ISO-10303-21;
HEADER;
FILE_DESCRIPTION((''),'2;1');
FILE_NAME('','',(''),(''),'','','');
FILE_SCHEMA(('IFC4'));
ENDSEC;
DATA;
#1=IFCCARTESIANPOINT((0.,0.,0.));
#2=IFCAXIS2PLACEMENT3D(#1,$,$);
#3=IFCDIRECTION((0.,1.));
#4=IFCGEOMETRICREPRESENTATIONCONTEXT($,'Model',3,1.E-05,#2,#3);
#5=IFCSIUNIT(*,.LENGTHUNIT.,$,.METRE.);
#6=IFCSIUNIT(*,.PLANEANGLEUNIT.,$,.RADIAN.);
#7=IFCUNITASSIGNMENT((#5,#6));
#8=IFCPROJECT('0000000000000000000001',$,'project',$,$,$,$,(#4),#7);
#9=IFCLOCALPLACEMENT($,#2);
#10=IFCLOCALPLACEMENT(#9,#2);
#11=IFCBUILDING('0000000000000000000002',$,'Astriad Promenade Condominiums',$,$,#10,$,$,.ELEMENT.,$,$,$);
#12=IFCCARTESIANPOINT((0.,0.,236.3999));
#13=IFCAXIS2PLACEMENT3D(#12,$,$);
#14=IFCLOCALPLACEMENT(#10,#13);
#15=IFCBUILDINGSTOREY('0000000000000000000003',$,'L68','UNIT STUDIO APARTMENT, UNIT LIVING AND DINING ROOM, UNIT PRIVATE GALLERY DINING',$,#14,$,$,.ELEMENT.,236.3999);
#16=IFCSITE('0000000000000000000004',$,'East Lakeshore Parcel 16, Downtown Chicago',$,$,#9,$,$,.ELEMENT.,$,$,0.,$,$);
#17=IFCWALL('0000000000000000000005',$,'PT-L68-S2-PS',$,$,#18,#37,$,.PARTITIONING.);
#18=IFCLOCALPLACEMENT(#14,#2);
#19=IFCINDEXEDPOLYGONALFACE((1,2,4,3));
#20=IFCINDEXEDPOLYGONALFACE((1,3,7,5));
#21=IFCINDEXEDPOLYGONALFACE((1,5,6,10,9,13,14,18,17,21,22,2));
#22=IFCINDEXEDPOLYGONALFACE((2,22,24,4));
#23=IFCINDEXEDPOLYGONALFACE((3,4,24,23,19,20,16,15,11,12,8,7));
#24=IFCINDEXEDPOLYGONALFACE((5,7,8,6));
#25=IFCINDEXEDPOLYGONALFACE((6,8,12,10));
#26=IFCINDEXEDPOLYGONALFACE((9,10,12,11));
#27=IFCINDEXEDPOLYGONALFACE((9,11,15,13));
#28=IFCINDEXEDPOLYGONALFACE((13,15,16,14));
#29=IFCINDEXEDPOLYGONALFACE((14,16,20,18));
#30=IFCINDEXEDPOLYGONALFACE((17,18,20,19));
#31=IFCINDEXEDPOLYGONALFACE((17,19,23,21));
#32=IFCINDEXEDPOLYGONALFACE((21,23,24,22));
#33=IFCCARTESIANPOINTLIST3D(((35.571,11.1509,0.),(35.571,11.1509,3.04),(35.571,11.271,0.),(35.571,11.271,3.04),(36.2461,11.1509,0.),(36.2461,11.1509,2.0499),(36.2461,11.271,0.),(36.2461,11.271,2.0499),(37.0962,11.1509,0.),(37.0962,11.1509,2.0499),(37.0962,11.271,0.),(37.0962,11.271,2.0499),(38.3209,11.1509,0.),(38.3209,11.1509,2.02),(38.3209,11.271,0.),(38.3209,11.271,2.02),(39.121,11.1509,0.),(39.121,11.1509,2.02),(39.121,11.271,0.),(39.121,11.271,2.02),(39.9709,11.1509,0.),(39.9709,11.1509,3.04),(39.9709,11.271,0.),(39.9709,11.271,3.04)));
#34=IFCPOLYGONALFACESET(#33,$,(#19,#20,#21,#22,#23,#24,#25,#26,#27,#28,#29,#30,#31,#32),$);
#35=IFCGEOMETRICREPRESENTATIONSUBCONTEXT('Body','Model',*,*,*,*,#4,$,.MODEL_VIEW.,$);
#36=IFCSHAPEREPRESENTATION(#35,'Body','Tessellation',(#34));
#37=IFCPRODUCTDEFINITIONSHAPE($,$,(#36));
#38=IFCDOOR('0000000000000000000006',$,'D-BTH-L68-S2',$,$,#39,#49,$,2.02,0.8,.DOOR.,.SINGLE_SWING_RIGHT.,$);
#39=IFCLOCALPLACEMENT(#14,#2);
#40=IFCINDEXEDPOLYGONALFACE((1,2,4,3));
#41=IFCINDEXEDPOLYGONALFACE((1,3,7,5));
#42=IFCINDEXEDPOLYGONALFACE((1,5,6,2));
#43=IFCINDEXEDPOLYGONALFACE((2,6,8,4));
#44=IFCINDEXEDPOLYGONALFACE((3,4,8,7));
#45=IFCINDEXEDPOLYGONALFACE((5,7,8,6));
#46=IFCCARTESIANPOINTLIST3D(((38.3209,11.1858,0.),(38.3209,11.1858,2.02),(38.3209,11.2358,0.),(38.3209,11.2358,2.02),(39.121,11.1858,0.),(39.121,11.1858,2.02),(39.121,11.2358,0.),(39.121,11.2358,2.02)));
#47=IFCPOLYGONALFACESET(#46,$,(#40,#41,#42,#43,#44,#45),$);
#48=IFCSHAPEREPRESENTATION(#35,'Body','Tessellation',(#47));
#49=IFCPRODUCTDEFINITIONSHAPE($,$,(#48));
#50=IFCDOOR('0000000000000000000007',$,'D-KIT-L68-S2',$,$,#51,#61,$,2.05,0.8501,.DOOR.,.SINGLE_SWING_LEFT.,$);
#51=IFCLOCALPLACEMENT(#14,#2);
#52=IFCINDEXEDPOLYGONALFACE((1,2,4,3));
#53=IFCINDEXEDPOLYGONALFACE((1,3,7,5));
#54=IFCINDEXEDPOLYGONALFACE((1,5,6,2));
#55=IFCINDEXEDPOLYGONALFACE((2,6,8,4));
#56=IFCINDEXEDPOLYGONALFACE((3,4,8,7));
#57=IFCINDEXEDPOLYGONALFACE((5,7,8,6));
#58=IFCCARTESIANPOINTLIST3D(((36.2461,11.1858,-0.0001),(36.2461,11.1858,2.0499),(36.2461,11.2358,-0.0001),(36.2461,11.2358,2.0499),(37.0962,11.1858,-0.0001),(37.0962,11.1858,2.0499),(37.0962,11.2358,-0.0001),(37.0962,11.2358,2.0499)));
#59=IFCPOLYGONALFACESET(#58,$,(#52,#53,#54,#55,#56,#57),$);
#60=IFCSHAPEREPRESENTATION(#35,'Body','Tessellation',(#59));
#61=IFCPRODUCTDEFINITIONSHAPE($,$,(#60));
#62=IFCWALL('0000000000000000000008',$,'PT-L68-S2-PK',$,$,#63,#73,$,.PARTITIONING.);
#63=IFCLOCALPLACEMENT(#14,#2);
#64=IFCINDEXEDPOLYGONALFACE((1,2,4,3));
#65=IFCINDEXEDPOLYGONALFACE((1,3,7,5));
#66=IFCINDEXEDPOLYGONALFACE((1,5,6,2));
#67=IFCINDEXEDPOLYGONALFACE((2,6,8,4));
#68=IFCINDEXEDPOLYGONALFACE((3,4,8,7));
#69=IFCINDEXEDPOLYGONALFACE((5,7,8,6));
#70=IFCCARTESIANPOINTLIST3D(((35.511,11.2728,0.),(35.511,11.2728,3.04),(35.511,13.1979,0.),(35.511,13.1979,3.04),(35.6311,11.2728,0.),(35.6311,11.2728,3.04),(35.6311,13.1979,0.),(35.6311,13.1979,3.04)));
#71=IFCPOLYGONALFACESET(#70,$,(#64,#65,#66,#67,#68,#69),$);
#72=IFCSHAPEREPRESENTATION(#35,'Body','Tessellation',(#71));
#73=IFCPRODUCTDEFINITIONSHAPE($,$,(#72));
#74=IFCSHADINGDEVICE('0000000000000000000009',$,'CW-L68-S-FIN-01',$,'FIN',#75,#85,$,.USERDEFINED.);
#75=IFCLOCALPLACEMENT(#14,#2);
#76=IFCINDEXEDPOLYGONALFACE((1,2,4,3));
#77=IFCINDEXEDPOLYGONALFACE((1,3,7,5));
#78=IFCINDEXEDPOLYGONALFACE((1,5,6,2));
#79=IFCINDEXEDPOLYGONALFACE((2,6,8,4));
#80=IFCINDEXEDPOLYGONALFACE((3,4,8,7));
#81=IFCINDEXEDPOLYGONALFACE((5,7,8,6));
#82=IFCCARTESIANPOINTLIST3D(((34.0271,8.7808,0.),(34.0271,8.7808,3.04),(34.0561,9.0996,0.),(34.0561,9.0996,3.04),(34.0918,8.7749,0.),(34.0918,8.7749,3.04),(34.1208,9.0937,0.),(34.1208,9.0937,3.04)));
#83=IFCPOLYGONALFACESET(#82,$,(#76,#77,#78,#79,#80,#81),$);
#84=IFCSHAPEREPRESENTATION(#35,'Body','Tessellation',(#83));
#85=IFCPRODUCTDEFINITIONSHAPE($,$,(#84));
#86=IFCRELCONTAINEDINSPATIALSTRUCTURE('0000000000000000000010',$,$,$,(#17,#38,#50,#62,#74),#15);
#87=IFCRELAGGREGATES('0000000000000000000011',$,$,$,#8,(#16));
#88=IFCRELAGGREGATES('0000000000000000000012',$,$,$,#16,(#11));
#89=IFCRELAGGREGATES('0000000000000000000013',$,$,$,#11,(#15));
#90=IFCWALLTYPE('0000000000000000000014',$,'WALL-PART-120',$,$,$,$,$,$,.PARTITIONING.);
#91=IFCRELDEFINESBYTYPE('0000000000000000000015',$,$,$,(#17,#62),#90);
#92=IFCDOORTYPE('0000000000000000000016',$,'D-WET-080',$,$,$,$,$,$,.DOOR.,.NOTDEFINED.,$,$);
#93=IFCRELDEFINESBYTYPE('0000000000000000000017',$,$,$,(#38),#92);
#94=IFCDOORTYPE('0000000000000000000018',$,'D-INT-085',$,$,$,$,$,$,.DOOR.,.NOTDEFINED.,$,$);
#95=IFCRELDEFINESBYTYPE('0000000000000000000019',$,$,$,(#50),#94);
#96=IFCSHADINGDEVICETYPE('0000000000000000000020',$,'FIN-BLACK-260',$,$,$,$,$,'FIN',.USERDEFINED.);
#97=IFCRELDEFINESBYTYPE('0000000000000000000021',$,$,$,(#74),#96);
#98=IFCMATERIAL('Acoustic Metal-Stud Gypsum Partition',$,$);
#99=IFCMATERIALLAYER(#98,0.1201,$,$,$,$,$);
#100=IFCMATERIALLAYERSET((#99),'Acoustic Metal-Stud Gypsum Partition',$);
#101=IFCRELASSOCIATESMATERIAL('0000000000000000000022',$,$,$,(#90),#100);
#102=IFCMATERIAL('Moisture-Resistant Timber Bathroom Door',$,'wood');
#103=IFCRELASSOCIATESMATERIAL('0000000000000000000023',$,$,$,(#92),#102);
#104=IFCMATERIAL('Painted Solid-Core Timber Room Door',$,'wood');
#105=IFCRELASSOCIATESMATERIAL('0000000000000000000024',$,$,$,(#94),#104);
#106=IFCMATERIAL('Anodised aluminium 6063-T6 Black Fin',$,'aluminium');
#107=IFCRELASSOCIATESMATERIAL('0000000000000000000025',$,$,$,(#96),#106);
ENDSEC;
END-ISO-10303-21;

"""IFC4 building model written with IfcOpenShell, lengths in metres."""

from ifc_helpers import new_model, si_unit, direction, frame, frame_2d, origin, origin_2d, place, context, subcontext, project, spatial, rectangle, extrude, source, transform, mapped, material, layer, layer_set, type_object, type_shapes, element, fill, save


model = new_model("IFC4")

# Units and contexts
model_context = context("Model", 3, precision=1e-05, world=origin(), true_north=direction((0.0, 1.0)))
body_context = subcontext(model_context, "Body", "Model", "MODEL_VIEW")
ifc_project = project(units=[si_unit("LENGTHUNIT", "METRE"), si_unit("PLANEANGLEUNIT", "RADIAN")], contexts=[model_context])

# Site, building, storey
site_placement = place(None, origin())
site = spatial("IfcSite", under=ifc_project, at=site_placement, Name="East Lakeshore Parcel 16, Downtown Chicago", CompositionType="ELEMENT", RefElevation=0.0)
building_placement = place(site_placement, origin())
building = spatial("IfcBuilding", under=site, at=building_placement, Name="Astriad Promenade Condominiums", CompositionType="ELEMENT")
storey_placement = place(building_placement, frame((0.0, 0.0, 236.3999)))
storey = spatial("IfcBuildingStorey", under=building, at=storey_placement, Name="L68", Description="UNIT STUDIO APARTMENT, UNIT LIVING AND DINING ROOM, UNIT PRIVATE GALLERY DINING", CompositionType="ELEMENT", Elevation=236.3999)

# Wall, openings, doors
ifc_material_1 = material(Name="Acoustic Metal-Stud Gypsum Partition")
ifc_layer_1 = layer(ifc_material_1, 0.1201)
ifc_layer_set_1 = layer_set([ifc_layer_1], Name="Acoustic Metal-Stud Gypsum Partition")
wall_type_1 = type_object("IfcWallType", Name="WALL-PART-120", PredefinedType="PARTITIONING", material=ifc_layer_set_1)
wall_1_placement = place(storey_placement, frame((35.571, 11.2109, 0.0), z_axis=(0.0, 0.0, 1.0), x_axis=(1.0, 0.0, 0.0)))
wall_1 = element("IfcWall", 1, at=wall_1_placement, inside=storey, type_object=wall_type_1, Name="PT-L68-S2-PS", PredefinedType="PARTITIONING", context=body_context, shape_type="SweptSolid", body=[
    extrude(rectangle(XDim=4.3999, YDim=0.1201, at=frame_2d((2.2, 0.0))), origin(), (0.0, 0.0, 1.0), 3.04),
])
opening_1_placement = place(wall_1_placement, frame((0.675, 0.0, 0.0)))
opening_1 = element("IfcOpeningElement", 2, at=opening_1_placement, cuts=wall_1, PredefinedType="OPENING", context=body_context, shape_type="SweptSolid", body=[
    extrude(rectangle(XDim=0.8501, YDim=2.05, at=frame_2d((0.425, 1.0249))), frame((0.0, 0.0701, 0.0), z_axis=(0.0, -1.0, 0.0), x_axis=(1.0, 0.0, 0.0)), (0.0, 0.0, 1.0), 0.1401),
])
opening_2_placement = place(wall_1_placement, frame((2.75, 0.0, 0.0)))
opening_2 = element("IfcOpeningElement", 3, at=opening_2_placement, cuts=wall_1, PredefinedType="OPENING", context=body_context, shape_type="SweptSolid", body=[
    extrude(rectangle(XDim=0.8, YDim=2.02, at=frame_2d((0.3999, 1.01))), frame((0.0, 0.0701, 0.0), z_axis=(0.0, -1.0, 0.0), x_axis=(1.0, 0.0, 0.0)), (0.0, 0.0, 1.0), 0.1401),
])
ifc_material_2 = material(Name="Moisture-Resistant Timber Bathroom Door", Category="wood")
door_type_1 = type_object("IfcDoorType", Name="D-WET-080", OperationType="NOTDEFINED", PredefinedType="DOOR", material=ifc_material_2)
shared_shape_1 = source(origin(), body_context, "Body", "SweptSolid", [
    extrude(rectangle(XDim=0.8, YDim=2.02, at=frame_2d((0.3999, 1.01))), frame((0.0, 0.0249, 0.0), z_axis=(0.0, -1.0, 0.0), x_axis=(1.0, 0.0, 0.0)), (0.0, 0.0, 1.0), 0.05),
])
type_shapes(door_type_1, [shared_shape_1])
door_1_placement = place(opening_2_placement, origin())
door_1 = element("IfcDoor", 4, at=door_1_placement, inside=storey, type_object=door_type_1, Name="D-BTH-L68-S2", OperationType="SINGLE_SWING_RIGHT", OverallHeight=2.02, OverallWidth=0.8, PredefinedType="DOOR", context=body_context, shape_type="MappedRepresentation", body=[
    mapped(shared_shape_1, transform((0.0, 0.0, 0.0), scale=1.0)),
])
fill(opening_2, door_1)
ifc_material_3 = material(Name="Painted Solid-Core Timber Room Door", Category="wood")
door_type_2 = type_object("IfcDoorType", Name="D-INT-085", OperationType="NOTDEFINED", PredefinedType="DOOR", material=ifc_material_3)
shared_shape_2 = source(origin(), body_context, "Body", "SweptSolid", [
    extrude(rectangle(XDim=0.8501, YDim=2.05, at=frame_2d((0.425, 1.0249))), frame((0.0, 0.0249, 0.0), z_axis=(0.0, -1.0, 0.0), x_axis=(1.0, 0.0, 0.0)), (0.0, 0.0, 1.0), 0.05),
])
type_shapes(door_type_2, [shared_shape_2])
door_2_placement = place(opening_1_placement, origin())
door_2 = element("IfcDoor", 5, at=door_2_placement, inside=storey, type_object=door_type_2, Name="D-KIT-L68-S2", OperationType="SINGLE_SWING_LEFT", OverallHeight=2.05, OverallWidth=0.8501, PredefinedType="DOOR", context=body_context, shape_type="MappedRepresentation", body=[
    mapped(shared_shape_2, transform((0.0, 0.0, 0.0), scale=1.0)),
])
fill(opening_1, door_2)

# Wall
wall_2_placement = place(storey_placement, frame((35.571, 11.2729, 0.0), z_axis=(0.0, 0.0, 1.0), x_axis=(0.0, 1.0, 0.0)))
element("IfcWall", 6, at=wall_2_placement, inside=storey, type_object=wall_type_1, Name="PT-L68-S2-PK", PredefinedType="PARTITIONING", context=body_context, shape_type="SweptSolid", body=[
    extrude(rectangle(XDim=1.925, YDim=0.1201, at=frame_2d((0.9624, 0.0))), origin(), (0.0, 0.0, 1.0), 3.04),
])

# Shading device
ifc_material_4 = material(Name="Anodised aluminium 6063-T6 Black Fin", Category="aluminium")
shading_device_type = type_object("IfcShadingDeviceType", Name="FIN-BLACK-260", ElementType="FIN", PredefinedType="USERDEFINED", material=ifc_material_4)
shared_shape_3 = source(origin(), body_context, "Body", "SweptSolid", [
    extrude(rectangle(XDim=0.0649, YDim=0.3201, at=origin_2d()), origin(), (0.0, 0.0, 1.0), 3.04),
])
type_shapes(shading_device_type, [shared_shape_3])
shading_device_placement = place(storey_placement, frame((34.074, 8.9373, 0.0), z_axis=(0.0, 0.0, 1.0), x_axis=(-0.995884, 0.090633, 0.0)))
element("IfcShadingDevice", 7, at=shading_device_placement, inside=storey, type_object=shading_device_type, Name="CW-L68-S-FIN-01", ObjectType="FIN", PredefinedType="USERDEFINED", context=body_context, shape_type="MappedRepresentation", body=[
    mapped(shared_shape_3, transform((0.0, 0.0, 0.0), scale=1.0)),
])

save(model, "model.ifc")
